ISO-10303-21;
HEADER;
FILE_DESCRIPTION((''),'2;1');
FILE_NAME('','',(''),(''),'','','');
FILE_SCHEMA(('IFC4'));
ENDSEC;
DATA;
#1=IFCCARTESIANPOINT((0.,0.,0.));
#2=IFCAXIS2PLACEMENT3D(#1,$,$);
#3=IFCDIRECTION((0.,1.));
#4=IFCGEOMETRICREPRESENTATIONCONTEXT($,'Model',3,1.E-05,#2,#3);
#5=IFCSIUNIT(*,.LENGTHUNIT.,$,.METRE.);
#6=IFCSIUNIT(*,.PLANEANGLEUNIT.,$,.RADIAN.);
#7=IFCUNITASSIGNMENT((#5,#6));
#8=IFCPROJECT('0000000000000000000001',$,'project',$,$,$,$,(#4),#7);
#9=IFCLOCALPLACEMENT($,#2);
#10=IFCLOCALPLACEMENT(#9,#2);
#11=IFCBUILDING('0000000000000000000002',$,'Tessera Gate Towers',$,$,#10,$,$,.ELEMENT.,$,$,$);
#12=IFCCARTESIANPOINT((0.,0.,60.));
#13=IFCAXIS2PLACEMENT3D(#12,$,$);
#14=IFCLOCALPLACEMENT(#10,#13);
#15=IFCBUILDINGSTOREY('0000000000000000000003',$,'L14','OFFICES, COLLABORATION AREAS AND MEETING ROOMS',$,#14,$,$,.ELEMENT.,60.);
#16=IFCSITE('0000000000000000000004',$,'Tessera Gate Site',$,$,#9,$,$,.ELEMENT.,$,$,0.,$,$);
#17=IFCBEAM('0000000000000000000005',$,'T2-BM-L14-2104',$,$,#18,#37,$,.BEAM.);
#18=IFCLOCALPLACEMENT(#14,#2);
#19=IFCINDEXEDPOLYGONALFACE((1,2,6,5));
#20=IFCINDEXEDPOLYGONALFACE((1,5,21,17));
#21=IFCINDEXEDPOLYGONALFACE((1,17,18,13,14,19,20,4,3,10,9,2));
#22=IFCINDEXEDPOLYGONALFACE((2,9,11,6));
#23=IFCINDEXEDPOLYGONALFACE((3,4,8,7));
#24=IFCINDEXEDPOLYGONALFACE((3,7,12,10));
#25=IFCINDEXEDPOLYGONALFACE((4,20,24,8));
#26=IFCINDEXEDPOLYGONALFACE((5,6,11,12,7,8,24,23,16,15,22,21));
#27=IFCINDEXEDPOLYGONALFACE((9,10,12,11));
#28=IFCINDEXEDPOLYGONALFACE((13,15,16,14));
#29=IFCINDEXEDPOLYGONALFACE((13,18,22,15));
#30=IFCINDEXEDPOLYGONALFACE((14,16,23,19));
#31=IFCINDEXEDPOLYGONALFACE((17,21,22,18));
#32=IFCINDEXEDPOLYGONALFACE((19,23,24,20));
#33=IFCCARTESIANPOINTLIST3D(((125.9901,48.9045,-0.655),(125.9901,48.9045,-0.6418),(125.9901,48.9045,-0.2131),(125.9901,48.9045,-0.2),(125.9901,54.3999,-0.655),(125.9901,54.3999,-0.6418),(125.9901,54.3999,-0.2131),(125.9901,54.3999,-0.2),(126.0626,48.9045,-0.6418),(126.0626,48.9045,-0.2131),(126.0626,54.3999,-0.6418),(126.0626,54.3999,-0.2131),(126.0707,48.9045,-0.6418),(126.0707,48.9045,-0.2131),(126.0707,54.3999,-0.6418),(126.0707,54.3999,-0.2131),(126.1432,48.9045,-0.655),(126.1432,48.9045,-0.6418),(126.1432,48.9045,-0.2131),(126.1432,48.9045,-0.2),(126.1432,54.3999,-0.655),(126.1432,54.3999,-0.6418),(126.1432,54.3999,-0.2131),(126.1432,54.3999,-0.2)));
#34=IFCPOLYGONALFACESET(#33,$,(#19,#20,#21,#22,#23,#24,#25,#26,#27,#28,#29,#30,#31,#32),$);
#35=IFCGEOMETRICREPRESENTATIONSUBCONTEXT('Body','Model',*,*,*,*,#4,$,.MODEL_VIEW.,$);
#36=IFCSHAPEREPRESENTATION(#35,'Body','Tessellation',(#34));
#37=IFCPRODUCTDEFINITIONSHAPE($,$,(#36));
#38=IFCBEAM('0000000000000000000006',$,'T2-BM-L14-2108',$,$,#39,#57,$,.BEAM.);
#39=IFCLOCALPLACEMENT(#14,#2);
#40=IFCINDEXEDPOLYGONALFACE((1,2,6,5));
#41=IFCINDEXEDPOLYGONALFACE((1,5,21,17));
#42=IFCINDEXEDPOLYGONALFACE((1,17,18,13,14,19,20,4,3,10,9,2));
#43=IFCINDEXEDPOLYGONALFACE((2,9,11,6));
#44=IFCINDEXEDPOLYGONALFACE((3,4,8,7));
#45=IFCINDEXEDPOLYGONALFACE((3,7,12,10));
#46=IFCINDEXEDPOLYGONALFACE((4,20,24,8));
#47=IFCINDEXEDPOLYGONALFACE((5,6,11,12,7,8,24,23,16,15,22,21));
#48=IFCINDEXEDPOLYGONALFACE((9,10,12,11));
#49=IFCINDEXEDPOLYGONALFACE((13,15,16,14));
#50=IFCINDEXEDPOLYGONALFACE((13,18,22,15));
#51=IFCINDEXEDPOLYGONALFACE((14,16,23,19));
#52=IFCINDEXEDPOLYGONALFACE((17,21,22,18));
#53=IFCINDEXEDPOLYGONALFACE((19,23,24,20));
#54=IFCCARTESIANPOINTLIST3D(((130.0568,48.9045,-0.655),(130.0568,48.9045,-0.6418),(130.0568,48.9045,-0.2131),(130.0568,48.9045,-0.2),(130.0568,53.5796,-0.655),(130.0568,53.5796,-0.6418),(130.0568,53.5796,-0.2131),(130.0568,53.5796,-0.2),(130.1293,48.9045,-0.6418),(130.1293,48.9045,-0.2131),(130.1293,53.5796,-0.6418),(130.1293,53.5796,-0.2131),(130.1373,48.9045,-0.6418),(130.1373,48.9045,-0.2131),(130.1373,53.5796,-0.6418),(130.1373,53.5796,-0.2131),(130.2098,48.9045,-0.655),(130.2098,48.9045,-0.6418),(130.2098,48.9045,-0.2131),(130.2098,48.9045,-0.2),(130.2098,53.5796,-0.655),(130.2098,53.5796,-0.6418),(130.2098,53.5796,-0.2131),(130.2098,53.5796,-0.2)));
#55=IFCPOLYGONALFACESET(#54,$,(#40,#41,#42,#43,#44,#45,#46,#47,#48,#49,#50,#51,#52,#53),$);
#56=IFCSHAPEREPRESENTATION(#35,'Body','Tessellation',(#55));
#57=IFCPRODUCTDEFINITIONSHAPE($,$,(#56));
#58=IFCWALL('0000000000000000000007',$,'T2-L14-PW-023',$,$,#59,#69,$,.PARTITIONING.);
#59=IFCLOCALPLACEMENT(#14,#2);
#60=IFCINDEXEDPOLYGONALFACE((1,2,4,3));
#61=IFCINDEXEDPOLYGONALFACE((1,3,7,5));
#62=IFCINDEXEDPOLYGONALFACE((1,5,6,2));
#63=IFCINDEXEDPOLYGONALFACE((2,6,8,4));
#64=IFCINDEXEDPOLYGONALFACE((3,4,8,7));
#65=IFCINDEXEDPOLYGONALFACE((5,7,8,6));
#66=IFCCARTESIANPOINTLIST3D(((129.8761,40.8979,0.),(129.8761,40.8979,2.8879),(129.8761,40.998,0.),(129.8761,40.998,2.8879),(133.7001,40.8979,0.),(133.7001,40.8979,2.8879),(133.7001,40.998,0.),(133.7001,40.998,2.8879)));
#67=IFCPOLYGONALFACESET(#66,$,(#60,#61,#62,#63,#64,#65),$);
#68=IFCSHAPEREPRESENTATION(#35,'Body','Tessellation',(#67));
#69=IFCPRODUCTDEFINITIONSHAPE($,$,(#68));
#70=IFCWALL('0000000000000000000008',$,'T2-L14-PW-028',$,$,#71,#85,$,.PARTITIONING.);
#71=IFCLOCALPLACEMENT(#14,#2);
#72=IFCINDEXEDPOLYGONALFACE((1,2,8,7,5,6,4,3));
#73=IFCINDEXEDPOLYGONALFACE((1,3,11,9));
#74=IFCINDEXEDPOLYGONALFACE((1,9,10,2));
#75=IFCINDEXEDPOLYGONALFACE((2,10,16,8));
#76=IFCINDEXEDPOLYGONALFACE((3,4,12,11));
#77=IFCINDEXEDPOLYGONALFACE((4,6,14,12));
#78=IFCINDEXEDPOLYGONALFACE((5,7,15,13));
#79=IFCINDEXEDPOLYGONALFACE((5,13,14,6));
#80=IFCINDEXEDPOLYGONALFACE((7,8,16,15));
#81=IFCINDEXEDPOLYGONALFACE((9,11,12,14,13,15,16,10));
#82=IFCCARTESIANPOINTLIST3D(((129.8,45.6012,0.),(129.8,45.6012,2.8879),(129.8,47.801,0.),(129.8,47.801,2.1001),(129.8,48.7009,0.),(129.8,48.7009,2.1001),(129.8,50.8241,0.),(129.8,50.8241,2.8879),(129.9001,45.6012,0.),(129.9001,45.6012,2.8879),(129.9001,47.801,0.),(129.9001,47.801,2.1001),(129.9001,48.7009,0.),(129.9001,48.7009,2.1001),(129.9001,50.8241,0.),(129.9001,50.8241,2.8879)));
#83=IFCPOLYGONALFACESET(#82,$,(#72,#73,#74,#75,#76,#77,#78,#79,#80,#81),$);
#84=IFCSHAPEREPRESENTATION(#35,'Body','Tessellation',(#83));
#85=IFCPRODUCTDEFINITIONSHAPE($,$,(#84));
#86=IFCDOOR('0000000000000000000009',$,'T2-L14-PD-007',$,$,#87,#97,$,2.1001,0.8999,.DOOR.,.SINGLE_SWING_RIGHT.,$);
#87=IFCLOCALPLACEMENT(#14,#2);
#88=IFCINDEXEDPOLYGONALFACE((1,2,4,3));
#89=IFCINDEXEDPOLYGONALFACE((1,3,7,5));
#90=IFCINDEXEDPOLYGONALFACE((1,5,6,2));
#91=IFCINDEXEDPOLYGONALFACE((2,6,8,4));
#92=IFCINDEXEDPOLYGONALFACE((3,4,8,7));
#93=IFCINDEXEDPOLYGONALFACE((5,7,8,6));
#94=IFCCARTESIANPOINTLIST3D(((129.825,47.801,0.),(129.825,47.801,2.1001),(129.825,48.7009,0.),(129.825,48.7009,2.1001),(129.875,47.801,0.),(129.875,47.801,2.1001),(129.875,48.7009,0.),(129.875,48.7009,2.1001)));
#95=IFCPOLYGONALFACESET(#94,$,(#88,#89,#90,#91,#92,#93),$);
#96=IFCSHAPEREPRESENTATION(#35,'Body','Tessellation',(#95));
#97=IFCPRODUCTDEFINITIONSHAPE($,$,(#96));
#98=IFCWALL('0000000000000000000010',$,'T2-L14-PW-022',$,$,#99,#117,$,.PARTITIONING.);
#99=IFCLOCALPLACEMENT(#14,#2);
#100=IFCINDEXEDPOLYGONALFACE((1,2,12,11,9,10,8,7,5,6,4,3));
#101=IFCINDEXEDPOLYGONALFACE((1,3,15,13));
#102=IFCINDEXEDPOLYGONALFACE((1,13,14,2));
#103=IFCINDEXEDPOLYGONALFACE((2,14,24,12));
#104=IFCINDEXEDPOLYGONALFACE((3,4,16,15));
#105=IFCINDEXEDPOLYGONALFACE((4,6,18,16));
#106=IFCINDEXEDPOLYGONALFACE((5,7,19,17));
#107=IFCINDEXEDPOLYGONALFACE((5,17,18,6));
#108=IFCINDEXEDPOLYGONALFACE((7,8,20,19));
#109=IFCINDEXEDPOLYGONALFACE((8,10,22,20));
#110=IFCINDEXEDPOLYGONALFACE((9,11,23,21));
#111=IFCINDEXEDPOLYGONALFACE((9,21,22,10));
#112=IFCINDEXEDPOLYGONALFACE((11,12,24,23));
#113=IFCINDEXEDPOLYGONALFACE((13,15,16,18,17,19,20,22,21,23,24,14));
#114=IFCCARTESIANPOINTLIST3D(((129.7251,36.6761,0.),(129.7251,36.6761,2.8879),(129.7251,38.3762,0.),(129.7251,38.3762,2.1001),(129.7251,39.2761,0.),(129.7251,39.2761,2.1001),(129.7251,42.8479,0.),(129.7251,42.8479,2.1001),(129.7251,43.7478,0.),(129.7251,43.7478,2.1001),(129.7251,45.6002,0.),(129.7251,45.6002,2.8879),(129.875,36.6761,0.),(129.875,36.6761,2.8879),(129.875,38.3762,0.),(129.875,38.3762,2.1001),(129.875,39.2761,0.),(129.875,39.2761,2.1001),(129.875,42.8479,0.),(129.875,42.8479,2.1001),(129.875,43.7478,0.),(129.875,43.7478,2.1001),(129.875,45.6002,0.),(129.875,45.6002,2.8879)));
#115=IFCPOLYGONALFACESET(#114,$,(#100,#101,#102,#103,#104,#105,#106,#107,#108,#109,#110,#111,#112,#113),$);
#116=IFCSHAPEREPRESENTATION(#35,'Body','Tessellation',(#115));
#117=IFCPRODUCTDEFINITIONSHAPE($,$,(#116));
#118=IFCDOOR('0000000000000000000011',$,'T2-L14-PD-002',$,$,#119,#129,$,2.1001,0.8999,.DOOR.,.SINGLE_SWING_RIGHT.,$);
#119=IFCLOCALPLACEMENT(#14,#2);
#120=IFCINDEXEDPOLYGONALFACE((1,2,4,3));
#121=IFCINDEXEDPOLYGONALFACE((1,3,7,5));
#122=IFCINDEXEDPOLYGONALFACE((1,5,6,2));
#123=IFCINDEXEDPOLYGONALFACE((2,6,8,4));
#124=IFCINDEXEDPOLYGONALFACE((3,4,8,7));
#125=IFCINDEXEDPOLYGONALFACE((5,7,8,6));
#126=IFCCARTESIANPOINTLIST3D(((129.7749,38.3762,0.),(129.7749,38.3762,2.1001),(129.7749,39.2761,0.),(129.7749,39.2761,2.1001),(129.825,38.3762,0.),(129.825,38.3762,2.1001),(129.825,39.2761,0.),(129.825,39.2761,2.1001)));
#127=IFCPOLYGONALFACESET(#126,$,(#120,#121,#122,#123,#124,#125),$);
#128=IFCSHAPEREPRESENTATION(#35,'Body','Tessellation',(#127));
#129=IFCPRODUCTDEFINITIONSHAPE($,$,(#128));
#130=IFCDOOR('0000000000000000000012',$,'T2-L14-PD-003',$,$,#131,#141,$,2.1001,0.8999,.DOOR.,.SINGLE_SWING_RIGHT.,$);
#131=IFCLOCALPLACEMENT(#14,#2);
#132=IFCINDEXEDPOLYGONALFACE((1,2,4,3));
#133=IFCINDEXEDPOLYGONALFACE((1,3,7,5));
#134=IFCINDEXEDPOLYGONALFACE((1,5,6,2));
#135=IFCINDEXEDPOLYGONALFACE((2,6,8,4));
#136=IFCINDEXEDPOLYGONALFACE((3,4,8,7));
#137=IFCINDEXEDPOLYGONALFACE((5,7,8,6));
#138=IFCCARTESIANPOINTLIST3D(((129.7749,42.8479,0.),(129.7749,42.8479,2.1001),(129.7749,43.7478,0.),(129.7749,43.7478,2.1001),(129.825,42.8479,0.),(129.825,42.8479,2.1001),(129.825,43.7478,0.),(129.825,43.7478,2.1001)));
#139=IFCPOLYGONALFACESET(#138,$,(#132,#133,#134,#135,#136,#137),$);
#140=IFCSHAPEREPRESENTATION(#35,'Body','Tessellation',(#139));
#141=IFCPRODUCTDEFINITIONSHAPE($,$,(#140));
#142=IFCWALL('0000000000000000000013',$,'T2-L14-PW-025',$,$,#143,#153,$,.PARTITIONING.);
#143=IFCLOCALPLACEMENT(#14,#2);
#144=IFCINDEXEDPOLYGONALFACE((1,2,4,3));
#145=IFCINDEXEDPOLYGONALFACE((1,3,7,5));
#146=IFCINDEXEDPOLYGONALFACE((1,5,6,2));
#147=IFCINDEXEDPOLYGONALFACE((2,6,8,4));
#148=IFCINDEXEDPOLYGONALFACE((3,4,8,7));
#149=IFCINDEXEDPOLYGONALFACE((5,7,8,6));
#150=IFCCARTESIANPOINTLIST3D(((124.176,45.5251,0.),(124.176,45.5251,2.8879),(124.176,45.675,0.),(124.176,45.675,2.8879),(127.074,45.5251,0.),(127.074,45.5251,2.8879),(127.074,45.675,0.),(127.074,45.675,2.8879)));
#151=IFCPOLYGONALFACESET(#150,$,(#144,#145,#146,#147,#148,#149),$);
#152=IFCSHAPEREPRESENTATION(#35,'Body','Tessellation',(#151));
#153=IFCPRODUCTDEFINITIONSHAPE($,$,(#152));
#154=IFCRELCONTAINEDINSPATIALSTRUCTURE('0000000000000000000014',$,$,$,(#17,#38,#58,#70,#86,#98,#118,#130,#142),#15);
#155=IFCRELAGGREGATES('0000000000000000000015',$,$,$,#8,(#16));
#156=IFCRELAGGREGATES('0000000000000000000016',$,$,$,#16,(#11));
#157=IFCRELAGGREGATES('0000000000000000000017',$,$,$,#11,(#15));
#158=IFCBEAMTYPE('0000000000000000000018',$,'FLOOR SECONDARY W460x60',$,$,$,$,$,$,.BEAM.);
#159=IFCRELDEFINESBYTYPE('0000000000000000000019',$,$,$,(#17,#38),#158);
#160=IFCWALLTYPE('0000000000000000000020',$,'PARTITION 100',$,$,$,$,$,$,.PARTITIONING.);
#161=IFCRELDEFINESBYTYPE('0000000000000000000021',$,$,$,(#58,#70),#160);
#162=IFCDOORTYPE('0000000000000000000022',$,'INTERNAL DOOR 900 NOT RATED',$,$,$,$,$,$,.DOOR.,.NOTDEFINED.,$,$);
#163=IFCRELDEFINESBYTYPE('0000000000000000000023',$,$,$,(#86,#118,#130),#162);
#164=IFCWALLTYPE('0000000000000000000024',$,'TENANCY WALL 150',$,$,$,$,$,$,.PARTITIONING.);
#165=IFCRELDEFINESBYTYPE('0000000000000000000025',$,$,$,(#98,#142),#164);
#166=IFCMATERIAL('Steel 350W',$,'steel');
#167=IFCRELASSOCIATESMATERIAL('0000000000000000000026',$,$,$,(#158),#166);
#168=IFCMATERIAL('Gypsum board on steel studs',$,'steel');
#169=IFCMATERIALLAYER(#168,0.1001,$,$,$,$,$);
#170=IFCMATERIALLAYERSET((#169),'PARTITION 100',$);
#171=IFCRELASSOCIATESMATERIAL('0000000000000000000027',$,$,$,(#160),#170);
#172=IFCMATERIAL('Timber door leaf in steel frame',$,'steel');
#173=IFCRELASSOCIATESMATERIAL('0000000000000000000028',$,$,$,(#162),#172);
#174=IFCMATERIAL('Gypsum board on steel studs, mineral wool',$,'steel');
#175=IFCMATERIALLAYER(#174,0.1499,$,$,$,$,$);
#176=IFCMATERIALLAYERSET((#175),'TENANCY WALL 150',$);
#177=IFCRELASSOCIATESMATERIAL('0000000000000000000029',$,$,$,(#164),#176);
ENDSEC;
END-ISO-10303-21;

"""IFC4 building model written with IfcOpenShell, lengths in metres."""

from ifc_helpers import new_model, si_unit, direction, frame, frame_2d, origin, origin_2d, place, context, subcontext, project, spatial, rectangle, i_section, extrude, source, transform, mapped, material, layer, layer_set, material_profile, profile_set, type_object, element, fill, save


model = new_model("IFC4")

# Units and contexts
model_context = context("Model", 3, precision=1e-05, world=origin(), true_north=direction((0.0, 1.0)))
body_context = subcontext(model_context, "Body", "Model", "MODEL_VIEW")
ifc_project = project(units=[si_unit("LENGTHUNIT", "METRE"), si_unit("PLANEANGLEUNIT", "RADIAN")], contexts=[model_context])

# Site, building, storey
site_placement = place(None, origin())
site = spatial("IfcSite", under=ifc_project, at=site_placement, Name="Tessera Gate Site", CompositionType="ELEMENT", RefElevation=0.0)
building_placement = place(site_placement, origin())
building = spatial("IfcBuilding", under=site, at=building_placement, Name="Tessera Gate Towers", CompositionType="ELEMENT")
storey_placement = place(building_placement, frame((0.0, 0.0, 60.0)))
storey = spatial("IfcBuildingStorey", under=building, at=storey_placement, Name="L14", Description="OFFICES, COLLABORATION AREAS AND MEETING ROOMS", CompositionType="ELEMENT", Elevation=60.0)

# Beams
ifc_material_1 = material(Name="Steel 350W", Category="steel")
ifc_material_profile = material_profile(ifc_material_1, i_section(OverallWidth=0.1531, OverallDepth=0.4551, WebThickness=0.0081, FlangeThickness=0.0132, at=origin_2d()), Name="W460x60")
ifc_profile_set = profile_set([ifc_material_profile], Name="Steel 350W")
beam_type = type_object("IfcBeamType", Name="FLOOR SECONDARY W460x60", PredefinedType="BEAM", material=ifc_profile_set)
beam_1_placement = place(storey_placement, frame((126.0667, 48.9045, -0.4275), z_axis=(0.0, 1.0, 0.0), x_axis=(-1.0, 0.0, 0.0)))
element("IfcBeam", 1, at=beam_1_placement, inside=storey, type_object=beam_type, Name="T2-BM-L14-2104", PredefinedType="BEAM", context=body_context, shape_type="SweptSolid", body=[
    extrude(i_section(OverallWidth=0.1531, OverallDepth=0.4551, WebThickness=0.0081, FlangeThickness=0.0132, at=origin_2d()), origin(), (0.0, 0.0, 1.0), 5.4954),
])
beam_2_placement = place(storey_placement, frame((130.1333, 48.9045, -0.4275), z_axis=(0.0, 1.0, 0.0), x_axis=(-1.0, 0.0, 0.0)))
element("IfcBeam", 2, at=beam_2_placement, inside=storey, type_object=beam_type, Name="T2-BM-L14-2108", PredefinedType="BEAM", context=body_context, shape_type="SweptSolid", body=[
    extrude(i_section(OverallWidth=0.1531, OverallDepth=0.4551, WebThickness=0.0081, FlangeThickness=0.0132, at=origin_2d()), origin(), (0.0, 0.0, 1.0), 4.675),
])

# Wall
ifc_material_2 = material(Name="Gypsum board on steel studs", Category="steel")
ifc_layer_1 = layer(ifc_material_2, 0.1001)
ifc_layer_set_1 = layer_set([ifc_layer_1], Name="PARTITION 100")
wall_type_1 = type_object("IfcWallType", Name="PARTITION 100", PredefinedType="PARTITIONING", material=ifc_layer_set_1)
wall_1_placement = place(storey_placement, frame((129.876, 40.948, 0.0), z_axis=(0.0, 0.0, 1.0), x_axis=(1.0, 0.0, 0.0)))
element("IfcWall", 3, at=wall_1_placement, inside=storey, type_object=wall_type_1, Name="T2-L14-PW-023", PredefinedType="PARTITIONING", context=body_context, shape_type="SweptSolid", body=[
    extrude(rectangle(XDim=3.824, YDim=0.1001, at=frame_2d((1.9121, 0.0))), origin(), (0.0, 0.0, 1.0), 2.8879),
])

# Wall, opening, door
wall_2_placement = place(storey_placement, frame((129.8501, 50.824, 0.0), z_axis=(0.0, 0.0, 1.0), x_axis=(0.0, -1.0, 0.0)))
wall_2 = element("IfcWall", 4, at=wall_2_placement, inside=storey, type_object=wall_type_1, Name="T2-L14-PW-028", PredefinedType="PARTITIONING", context=body_context, shape_type="SweptSolid", body=[
    extrude(rectangle(XDim=5.2229, YDim=0.1001, at=frame_2d((2.6113, 0.0))), origin(), (0.0, 0.0, 1.0), 2.8879),
])
shared_shape_1 = source(origin(), body_context, "Body", "SweptSolid", [
    extrude(rectangle(XDim=0.8999, YDim=2.1001, at=frame_2d((0.45, 1.05))), frame((0.0, 0.0601, 0.0), z_axis=(0.0, -1.0, 0.0), x_axis=(1.0, 0.0, 0.0)), (0.0, 0.0, 1.0), 0.1201),
])
opening_1_placement = place(wall_2_placement, frame((2.123, 0.0, 0.0)))
opening_1 = element("IfcOpeningElement", 5, at=opening_1_placement, cuts=wall_2, PredefinedType="OPENING", context=body_context, shape_type="MappedRepresentation", body=[
    mapped(shared_shape_1, transform((0.0, 0.0, 0.0), scale=1.0)),
])
ifc_material_3 = material(Name="Timber door leaf in steel frame", Category="steel")
door_type = type_object("IfcDoorType", Name="INTERNAL DOOR 900 NOT RATED", OperationType="NOTDEFINED", PredefinedType="DOOR", material=ifc_material_3)
shared_shape_2 = source(origin(), body_context, "Body", "SweptSolid", [
    extrude(rectangle(XDim=0.8999, YDim=2.1001, at=frame_2d((0.45, 1.05))), frame((0.0, 0.0249, 0.0), z_axis=(0.0, -1.0, 0.0), x_axis=(1.0, 0.0, 0.0)), (0.0, 0.0, 1.0), 0.05),
])
door_1_placement = place(opening_1_placement, origin())
door_1 = element("IfcDoor", 6, at=door_1_placement, inside=storey, type_object=door_type, Name="T2-L14-PD-007", OperationType="SINGLE_SWING_RIGHT", OverallHeight=2.1001, OverallWidth=0.8999, PredefinedType="DOOR", context=body_context, shape_type="MappedRepresentation", body=[
    mapped(shared_shape_2, transform((0.0, 0.0, 0.0), scale=1.0)),
])
fill(opening_1, door_1)

# Wall, openings, doors
ifc_material_4 = material(Name="Gypsum board on steel studs, mineral wool", Category="steel")
ifc_layer_2 = layer(ifc_material_4, 0.1499)
ifc_layer_set_2 = layer_set([ifc_layer_2], Name="TENANCY WALL 150")
wall_type_2 = type_object("IfcWallType", Name="TENANCY WALL 150", PredefinedType="PARTITIONING", material=ifc_layer_set_2)
wall_3_placement = place(storey_placement, frame((129.8, 45.6001, 0.0), z_axis=(0.0, 0.0, 1.0), x_axis=(0.0, -1.0, 0.0)))
wall_3 = element("IfcWall", 7, at=wall_3_placement, inside=storey, type_object=wall_type_2, Name="T2-L14-PW-022", PredefinedType="PARTITIONING", context=body_context, shape_type="SweptSolid", body=[
    extrude(rectangle(XDim=8.9241, YDim=0.1499, at=frame_2d((4.4619, 0.0))), origin(), (0.0, 0.0, 1.0), 2.8879),
])
shared_shape_3 = source(origin(), body_context, "Body", "SweptSolid", [
    extrude(rectangle(XDim=0.8999, YDim=2.1001, at=frame_2d((0.45, 1.05))), frame((0.0, 0.085, 0.0), z_axis=(0.0, -1.0, 0.0), x_axis=(1.0, 0.0, 0.0)), (0.0, 0.0, 1.0), 0.1699),
])
opening_2_placement = place(wall_3_placement, frame((6.324, 0.0, 0.0)))
opening_2 = element("IfcOpeningElement", 8, at=opening_2_placement, cuts=wall_3, PredefinedType="OPENING", context=body_context, shape_type="MappedRepresentation", body=[
    mapped(shared_shape_3, transform((0.0, 0.0, 0.0), scale=1.0)),
])
opening_3_placement = place(wall_3_placement, frame((1.8523, 0.0, 0.0)))
opening_3 = element("IfcOpeningElement", 9, at=opening_3_placement, cuts=wall_3, PredefinedType="OPENING", context=body_context, shape_type="MappedRepresentation", body=[
    mapped(shared_shape_3, transform((0.0, 0.0, 0.0), scale=1.0)),
])
door_2_placement = place(opening_2_placement, origin())
door_2 = element("IfcDoor", 10, at=door_2_placement, inside=storey, type_object=door_type, Name="T2-L14-PD-002", OperationType="SINGLE_SWING_RIGHT", OverallHeight=2.1001, OverallWidth=0.8999, PredefinedType="DOOR", context=body_context, shape_type="MappedRepresentation", body=[
    mapped(shared_shape_2, transform((0.0, 0.0, 0.0), scale=1.0)),
])
fill(opening_2, door_2)
door_3_placement = place(opening_3_placement, origin())
door_3 = element("IfcDoor", 11, at=door_3_placement, inside=storey, type_object=door_type, Name="T2-L14-PD-003", OperationType="SINGLE_SWING_RIGHT", OverallHeight=2.1001, OverallWidth=0.8999, PredefinedType="DOOR", context=body_context, shape_type="MappedRepresentation", body=[
    mapped(shared_shape_2, transform((0.0, 0.0, 0.0), scale=1.0)),
])
fill(opening_3, door_3)

# Wall
wall_4_placement = place(storey_placement, frame((124.176, 45.6001, 0.0), z_axis=(0.0, 0.0, 1.0), x_axis=(1.0, 0.0, 0.0)))
element("IfcWall", 12, at=wall_4_placement, inside=storey, type_object=wall_type_2, Name="T2-L14-PW-025", PredefinedType="PARTITIONING", context=body_context, shape_type="SweptSolid", body=[
    extrude(rectangle(XDim=2.8979, YDim=0.1499, at=frame_2d((1.449, 0.0))), origin(), (0.0, 0.0, 1.0), 2.8879),
])

save(model, "model.ifc")
